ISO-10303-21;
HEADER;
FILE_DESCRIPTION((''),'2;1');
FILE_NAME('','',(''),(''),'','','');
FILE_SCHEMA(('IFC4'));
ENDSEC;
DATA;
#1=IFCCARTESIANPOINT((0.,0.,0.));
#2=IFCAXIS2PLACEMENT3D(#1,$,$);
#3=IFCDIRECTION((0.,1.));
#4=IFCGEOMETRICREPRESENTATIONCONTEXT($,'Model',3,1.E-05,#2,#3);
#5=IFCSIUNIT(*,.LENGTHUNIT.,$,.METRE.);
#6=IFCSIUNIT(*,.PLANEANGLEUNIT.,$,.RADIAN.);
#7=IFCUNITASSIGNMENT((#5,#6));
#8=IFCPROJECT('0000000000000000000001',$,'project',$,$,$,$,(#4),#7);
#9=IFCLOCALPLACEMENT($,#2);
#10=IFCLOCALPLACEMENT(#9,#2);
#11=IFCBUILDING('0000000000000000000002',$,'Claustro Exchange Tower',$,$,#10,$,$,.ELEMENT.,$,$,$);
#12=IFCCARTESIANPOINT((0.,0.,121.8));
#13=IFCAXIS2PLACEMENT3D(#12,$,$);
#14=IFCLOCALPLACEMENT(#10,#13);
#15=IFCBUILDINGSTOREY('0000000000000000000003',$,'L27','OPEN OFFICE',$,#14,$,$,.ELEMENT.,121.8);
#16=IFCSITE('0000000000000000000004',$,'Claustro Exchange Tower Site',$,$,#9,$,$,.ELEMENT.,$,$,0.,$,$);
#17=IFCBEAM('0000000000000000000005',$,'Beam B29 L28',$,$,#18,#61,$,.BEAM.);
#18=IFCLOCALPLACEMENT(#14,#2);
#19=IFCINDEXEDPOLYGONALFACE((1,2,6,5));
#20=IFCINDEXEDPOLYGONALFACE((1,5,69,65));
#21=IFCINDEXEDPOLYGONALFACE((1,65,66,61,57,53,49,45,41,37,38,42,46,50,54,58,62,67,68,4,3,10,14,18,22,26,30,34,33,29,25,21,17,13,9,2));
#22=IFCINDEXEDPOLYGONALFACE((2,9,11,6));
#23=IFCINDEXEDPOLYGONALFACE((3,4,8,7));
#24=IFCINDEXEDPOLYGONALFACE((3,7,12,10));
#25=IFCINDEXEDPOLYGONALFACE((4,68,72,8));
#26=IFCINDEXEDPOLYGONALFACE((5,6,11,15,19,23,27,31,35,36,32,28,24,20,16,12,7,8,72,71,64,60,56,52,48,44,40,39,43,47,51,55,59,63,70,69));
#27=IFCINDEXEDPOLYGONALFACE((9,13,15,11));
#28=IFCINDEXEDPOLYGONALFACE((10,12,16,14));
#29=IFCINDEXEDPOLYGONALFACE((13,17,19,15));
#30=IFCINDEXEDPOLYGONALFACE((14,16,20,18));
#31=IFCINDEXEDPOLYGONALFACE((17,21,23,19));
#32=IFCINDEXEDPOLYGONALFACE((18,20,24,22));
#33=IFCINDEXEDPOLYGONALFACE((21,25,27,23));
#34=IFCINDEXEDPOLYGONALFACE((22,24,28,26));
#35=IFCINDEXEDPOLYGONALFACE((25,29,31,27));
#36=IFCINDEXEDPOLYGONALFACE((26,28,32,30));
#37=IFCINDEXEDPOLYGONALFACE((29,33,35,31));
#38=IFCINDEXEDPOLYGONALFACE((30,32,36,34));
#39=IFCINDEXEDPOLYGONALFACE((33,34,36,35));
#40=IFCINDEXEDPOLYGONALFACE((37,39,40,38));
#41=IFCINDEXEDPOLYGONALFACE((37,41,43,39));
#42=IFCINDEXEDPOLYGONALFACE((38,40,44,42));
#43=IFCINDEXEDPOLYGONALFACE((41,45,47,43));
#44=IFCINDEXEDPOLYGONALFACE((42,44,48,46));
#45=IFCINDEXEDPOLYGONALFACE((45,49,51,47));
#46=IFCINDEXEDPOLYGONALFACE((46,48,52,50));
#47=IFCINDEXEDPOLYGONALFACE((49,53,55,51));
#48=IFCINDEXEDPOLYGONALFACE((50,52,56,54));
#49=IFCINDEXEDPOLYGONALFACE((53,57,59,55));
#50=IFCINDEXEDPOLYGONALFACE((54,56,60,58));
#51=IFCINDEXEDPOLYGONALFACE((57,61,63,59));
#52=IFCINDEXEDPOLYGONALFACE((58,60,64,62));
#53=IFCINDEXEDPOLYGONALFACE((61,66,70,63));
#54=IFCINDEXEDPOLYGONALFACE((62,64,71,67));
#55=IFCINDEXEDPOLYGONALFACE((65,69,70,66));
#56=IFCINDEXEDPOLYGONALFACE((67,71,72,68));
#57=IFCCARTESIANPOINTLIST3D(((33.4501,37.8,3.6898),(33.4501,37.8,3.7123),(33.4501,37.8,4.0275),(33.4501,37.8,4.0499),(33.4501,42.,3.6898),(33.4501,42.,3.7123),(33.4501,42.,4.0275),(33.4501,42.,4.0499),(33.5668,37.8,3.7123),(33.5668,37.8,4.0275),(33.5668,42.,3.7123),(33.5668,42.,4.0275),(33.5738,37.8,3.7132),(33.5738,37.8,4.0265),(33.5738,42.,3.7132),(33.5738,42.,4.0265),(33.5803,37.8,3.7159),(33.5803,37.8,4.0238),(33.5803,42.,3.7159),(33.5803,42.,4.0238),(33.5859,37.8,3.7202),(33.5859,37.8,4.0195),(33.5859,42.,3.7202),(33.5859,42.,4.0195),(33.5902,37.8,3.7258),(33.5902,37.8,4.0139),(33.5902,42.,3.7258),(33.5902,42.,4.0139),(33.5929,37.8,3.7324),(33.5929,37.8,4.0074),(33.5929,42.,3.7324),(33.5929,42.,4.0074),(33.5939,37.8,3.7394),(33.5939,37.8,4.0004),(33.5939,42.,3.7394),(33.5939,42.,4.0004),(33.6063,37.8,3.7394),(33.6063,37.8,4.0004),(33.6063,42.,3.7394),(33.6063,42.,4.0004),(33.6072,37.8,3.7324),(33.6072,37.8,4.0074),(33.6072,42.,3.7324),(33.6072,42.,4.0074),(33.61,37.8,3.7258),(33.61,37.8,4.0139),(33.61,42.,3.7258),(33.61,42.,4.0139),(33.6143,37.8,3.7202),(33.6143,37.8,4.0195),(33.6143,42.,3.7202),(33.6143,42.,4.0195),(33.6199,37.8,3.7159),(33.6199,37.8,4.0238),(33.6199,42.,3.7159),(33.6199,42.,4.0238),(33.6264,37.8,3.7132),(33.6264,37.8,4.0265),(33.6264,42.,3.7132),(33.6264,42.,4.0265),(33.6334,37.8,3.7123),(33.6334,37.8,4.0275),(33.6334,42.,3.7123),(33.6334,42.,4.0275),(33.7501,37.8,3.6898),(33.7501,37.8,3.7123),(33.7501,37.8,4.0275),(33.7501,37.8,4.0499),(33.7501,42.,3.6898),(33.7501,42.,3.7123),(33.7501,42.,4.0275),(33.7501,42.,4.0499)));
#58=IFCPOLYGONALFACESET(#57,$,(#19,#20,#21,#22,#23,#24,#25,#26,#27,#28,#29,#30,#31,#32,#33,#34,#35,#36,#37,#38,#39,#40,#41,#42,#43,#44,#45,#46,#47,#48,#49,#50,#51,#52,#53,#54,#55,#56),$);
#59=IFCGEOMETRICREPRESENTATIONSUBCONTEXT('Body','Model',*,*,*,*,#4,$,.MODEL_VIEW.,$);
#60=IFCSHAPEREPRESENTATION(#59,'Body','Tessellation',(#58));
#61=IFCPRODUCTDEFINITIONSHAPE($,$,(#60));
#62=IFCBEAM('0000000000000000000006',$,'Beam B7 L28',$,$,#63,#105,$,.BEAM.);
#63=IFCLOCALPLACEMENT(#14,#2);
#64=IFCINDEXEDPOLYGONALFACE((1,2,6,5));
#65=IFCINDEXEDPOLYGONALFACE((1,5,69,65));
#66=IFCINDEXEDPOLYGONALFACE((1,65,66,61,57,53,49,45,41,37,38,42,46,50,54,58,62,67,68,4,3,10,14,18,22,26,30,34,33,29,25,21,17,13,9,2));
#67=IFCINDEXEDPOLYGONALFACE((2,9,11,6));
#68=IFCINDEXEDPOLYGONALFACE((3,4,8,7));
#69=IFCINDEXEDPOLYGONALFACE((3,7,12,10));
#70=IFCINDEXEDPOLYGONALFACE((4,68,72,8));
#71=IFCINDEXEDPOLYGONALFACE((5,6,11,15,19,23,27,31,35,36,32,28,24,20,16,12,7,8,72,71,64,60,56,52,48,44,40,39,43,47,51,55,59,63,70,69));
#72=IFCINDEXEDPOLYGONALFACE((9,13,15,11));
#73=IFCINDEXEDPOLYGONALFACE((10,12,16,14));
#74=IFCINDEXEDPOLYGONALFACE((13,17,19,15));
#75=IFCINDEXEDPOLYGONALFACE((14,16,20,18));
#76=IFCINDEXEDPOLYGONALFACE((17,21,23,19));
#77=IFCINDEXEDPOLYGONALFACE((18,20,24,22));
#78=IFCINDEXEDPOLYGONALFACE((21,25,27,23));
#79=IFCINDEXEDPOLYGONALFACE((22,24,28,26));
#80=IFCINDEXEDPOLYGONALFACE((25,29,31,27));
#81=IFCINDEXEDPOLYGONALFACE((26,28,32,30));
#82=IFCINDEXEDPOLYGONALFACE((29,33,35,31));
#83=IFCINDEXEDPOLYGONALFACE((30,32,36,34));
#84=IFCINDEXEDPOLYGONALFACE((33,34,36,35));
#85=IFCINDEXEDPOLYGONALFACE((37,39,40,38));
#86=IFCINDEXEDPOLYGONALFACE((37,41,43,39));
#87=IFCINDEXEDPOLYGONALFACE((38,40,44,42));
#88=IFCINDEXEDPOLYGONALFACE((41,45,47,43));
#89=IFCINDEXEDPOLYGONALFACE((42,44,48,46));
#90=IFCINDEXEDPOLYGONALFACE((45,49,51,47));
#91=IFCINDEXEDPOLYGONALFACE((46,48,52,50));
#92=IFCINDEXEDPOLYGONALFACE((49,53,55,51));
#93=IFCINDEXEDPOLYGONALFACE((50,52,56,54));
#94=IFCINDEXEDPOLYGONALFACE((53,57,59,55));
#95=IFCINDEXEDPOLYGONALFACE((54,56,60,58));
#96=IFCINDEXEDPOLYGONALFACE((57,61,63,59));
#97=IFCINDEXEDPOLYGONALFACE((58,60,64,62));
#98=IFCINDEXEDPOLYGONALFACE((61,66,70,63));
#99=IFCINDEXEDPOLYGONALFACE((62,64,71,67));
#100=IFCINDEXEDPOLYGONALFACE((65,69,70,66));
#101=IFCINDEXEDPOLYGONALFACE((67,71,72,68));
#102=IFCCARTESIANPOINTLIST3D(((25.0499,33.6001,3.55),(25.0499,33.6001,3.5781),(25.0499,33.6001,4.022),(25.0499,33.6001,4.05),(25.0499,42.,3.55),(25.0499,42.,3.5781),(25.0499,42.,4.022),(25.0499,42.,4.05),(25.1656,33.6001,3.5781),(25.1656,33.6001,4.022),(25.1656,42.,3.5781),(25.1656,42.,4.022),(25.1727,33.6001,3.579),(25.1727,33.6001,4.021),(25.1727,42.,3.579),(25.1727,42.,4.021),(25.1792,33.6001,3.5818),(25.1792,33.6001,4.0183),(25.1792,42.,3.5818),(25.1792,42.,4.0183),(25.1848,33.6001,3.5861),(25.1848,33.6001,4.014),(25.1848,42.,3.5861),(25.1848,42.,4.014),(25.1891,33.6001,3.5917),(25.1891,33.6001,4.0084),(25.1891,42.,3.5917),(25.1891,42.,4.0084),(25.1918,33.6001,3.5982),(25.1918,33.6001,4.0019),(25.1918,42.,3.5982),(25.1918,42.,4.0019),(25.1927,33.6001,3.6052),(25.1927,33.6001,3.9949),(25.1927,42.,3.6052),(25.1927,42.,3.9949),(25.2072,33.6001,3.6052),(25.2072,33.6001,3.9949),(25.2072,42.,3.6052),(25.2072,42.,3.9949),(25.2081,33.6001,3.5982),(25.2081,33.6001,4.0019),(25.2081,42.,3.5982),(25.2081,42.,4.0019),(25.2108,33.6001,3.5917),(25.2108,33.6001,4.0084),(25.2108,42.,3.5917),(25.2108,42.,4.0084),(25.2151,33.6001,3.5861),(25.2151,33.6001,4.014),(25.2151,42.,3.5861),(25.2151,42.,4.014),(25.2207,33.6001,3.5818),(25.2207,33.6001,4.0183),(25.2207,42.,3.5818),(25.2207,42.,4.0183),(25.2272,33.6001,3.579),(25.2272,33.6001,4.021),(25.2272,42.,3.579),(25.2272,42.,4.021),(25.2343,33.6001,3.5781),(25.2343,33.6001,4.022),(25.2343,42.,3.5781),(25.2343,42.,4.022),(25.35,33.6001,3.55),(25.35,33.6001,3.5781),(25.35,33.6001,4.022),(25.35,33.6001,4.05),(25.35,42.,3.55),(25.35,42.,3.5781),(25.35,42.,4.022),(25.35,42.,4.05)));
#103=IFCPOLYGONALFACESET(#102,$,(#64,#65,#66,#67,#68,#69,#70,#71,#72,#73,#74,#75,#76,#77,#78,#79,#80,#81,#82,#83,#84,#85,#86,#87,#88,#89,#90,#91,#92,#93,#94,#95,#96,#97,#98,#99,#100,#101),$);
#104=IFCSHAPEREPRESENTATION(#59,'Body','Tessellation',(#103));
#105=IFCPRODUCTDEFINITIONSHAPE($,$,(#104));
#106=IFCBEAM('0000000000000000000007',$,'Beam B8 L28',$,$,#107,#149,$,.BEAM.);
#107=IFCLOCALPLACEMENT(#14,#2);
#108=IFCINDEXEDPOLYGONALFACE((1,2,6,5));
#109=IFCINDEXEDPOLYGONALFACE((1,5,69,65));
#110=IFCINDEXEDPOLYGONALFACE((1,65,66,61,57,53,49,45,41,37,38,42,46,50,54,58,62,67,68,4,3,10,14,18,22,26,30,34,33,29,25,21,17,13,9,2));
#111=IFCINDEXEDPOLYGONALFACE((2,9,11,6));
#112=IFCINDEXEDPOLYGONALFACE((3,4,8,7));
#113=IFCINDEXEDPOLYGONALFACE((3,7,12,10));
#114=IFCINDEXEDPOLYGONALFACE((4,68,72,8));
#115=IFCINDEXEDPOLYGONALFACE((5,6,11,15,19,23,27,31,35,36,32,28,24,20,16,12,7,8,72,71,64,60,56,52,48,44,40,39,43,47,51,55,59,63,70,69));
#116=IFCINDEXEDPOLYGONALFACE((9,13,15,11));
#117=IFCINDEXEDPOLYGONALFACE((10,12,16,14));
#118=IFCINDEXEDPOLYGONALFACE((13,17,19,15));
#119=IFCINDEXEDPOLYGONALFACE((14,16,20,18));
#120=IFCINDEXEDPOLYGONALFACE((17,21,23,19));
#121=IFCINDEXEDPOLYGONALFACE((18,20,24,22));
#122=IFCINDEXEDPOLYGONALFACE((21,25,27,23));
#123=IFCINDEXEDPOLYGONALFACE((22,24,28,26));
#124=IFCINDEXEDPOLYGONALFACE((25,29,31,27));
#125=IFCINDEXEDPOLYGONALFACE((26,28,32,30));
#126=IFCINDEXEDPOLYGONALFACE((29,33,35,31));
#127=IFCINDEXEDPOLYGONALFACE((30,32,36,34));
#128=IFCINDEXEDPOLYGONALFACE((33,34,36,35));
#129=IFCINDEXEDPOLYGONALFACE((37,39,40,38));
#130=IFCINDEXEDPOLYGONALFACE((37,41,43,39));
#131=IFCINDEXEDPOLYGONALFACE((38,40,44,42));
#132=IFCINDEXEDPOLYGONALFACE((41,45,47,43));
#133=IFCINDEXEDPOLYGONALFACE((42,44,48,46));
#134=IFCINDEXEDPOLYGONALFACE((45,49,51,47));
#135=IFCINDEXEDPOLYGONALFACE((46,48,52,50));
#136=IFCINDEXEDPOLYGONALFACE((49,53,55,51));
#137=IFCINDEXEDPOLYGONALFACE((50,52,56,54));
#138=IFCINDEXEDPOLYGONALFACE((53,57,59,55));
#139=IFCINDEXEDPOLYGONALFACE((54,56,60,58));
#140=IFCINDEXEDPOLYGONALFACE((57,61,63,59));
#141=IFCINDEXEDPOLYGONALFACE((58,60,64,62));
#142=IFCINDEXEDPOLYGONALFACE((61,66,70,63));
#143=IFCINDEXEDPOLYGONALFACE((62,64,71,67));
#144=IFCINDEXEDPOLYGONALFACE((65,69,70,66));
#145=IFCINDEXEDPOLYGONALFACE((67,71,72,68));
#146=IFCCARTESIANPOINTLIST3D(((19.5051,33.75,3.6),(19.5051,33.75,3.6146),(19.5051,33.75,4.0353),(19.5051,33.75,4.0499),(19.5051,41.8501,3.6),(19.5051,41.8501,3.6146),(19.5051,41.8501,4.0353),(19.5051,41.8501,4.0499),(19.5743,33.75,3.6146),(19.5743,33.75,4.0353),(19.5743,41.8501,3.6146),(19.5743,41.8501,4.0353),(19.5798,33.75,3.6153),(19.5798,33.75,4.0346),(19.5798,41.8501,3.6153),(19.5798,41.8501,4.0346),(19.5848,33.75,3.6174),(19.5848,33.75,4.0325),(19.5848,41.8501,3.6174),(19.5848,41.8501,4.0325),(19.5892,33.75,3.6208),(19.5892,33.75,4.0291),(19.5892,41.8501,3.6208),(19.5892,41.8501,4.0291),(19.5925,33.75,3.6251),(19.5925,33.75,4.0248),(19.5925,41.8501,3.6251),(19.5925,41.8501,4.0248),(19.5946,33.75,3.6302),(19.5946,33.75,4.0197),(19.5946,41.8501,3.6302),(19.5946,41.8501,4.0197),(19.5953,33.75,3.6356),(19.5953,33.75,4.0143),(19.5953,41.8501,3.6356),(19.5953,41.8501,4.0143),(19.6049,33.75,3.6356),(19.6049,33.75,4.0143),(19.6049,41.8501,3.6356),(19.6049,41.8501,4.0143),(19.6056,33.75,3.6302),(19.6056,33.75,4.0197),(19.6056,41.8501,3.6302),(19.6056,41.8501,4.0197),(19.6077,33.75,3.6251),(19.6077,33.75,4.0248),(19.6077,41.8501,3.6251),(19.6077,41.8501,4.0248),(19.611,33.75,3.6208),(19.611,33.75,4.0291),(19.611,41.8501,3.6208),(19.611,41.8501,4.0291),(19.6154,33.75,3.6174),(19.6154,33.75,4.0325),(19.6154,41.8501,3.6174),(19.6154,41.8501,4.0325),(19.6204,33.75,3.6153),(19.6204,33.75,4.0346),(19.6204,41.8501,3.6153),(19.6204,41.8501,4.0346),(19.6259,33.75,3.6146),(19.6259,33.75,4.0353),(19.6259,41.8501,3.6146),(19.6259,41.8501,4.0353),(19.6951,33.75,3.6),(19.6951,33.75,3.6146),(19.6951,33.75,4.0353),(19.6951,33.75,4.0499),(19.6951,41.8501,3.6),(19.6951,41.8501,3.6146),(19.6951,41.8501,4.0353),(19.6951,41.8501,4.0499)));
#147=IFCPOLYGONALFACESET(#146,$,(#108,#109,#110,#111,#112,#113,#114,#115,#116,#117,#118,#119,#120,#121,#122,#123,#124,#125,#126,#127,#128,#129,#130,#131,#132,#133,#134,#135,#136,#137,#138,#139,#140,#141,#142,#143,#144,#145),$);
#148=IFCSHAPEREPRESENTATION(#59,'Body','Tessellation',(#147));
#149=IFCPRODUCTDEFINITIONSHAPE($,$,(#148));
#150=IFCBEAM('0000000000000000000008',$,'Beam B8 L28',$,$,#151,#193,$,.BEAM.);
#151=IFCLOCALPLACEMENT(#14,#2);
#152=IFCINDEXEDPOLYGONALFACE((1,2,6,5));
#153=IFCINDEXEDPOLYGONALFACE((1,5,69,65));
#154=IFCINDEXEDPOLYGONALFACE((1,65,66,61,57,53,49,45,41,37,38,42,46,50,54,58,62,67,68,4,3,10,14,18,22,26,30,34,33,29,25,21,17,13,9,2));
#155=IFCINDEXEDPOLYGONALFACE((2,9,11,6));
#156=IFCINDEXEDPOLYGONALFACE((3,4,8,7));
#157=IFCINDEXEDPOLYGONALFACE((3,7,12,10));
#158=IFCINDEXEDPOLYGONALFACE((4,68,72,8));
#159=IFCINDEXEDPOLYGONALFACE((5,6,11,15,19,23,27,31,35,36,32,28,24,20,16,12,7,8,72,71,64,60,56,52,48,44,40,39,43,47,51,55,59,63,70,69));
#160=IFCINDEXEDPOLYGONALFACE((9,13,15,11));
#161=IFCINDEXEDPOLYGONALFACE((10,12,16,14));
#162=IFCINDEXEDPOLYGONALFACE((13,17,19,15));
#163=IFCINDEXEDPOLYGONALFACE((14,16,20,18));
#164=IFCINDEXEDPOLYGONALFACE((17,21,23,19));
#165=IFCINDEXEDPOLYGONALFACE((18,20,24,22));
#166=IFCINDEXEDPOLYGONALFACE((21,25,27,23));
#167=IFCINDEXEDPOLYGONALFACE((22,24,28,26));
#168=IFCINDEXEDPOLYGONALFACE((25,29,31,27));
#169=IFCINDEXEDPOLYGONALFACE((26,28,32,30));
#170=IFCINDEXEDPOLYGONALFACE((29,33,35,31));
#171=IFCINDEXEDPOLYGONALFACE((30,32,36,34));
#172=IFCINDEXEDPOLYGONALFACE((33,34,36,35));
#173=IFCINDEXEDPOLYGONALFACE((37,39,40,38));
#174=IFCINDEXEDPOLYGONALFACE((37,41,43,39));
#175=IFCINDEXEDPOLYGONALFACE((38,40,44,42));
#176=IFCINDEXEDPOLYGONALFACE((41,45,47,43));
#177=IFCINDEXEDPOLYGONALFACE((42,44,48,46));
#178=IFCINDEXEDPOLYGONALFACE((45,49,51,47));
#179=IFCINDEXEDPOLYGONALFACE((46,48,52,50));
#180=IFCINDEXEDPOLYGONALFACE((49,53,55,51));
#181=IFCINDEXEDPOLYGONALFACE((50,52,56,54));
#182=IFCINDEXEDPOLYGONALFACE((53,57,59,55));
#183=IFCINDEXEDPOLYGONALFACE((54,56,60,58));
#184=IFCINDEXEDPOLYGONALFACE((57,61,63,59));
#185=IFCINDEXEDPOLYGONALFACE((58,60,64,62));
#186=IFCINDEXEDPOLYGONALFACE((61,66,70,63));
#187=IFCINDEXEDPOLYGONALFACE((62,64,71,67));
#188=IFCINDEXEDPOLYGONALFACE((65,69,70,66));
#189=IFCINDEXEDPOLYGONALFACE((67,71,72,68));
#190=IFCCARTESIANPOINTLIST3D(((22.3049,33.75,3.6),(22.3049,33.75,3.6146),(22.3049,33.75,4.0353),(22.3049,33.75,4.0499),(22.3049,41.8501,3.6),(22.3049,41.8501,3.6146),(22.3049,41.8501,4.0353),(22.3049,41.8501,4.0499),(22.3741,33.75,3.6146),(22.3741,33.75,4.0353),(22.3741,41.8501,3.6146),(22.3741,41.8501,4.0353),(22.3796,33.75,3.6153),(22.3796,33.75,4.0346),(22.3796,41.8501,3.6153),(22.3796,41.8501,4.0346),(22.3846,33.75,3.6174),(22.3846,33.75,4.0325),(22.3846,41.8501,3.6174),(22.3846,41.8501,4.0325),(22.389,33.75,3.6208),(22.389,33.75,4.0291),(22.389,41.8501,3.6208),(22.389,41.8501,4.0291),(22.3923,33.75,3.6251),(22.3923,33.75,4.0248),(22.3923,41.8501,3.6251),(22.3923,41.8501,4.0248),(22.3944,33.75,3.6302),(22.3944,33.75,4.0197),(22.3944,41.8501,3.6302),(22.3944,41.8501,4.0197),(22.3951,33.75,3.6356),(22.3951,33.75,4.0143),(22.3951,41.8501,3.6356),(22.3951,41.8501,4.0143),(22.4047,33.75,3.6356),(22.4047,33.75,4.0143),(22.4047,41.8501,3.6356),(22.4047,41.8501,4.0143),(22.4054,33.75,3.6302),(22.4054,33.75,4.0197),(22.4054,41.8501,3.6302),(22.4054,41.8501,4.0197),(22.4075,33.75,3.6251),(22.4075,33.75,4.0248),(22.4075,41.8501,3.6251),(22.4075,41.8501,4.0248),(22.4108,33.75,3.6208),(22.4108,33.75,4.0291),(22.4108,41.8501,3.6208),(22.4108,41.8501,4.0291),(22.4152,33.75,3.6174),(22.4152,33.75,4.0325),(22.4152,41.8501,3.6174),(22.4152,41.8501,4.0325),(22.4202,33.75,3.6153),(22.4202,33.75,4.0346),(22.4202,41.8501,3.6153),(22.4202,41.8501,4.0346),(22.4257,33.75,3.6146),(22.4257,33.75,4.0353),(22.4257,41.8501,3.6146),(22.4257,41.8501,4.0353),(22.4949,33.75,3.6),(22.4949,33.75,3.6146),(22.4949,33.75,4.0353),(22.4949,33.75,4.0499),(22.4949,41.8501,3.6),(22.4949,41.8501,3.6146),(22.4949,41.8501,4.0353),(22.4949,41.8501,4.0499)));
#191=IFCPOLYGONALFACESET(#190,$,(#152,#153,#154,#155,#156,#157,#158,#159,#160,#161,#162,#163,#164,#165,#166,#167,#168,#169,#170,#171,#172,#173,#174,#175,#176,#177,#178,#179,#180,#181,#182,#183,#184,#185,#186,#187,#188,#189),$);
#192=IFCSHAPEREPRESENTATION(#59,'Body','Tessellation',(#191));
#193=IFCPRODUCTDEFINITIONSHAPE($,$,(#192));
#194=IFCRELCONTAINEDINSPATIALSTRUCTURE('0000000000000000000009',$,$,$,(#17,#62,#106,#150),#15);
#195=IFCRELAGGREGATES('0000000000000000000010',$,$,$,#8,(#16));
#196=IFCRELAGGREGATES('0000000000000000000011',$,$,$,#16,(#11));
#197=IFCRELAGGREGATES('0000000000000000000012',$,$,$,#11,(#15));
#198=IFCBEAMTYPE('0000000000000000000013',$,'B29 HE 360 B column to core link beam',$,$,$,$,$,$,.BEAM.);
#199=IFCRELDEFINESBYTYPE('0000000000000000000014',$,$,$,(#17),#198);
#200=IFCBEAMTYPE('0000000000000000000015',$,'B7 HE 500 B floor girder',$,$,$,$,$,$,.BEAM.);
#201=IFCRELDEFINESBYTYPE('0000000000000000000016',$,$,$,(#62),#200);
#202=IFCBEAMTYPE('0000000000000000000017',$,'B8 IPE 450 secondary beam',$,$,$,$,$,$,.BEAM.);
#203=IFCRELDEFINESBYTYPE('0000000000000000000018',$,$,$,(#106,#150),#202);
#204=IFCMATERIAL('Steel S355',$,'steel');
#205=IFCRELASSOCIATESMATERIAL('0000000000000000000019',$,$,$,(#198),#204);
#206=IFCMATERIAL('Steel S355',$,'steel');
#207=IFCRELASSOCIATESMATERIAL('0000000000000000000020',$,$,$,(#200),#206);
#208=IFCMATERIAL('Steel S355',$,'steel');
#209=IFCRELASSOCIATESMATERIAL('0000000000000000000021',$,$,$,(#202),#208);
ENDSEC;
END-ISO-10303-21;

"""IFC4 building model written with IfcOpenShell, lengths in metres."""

from ifc_helpers import new_model, si_unit, direction, frame, origin, origin_2d, place, context, subcontext, project, spatial, i_section, extrude, material, material_profile, profile_set, type_object, element, save


model = new_model("IFC4")

# Units and contexts
model_context = context("Model", 3, precision=1e-05, world=origin(), true_north=direction((0.0, 1.0)))
body_context = subcontext(model_context, "Body", "Model", "MODEL_VIEW")
ifc_project = project(units=[si_unit("LENGTHUNIT", "METRE"), si_unit("PLANEANGLEUNIT", "RADIAN")], contexts=[model_context])

# Site, building, storey
site_placement = place(None, origin())
site = spatial("IfcSite", under=ifc_project, at=site_placement, Name="Claustro Exchange Tower Site", CompositionType="ELEMENT", RefElevation=0.0)
building_placement = place(site_placement, origin())
building = spatial("IfcBuilding", under=site, at=building_placement, Name="Claustro Exchange Tower", CompositionType="ELEMENT")
storey_placement = place(building_placement, frame((0.0, 0.0, 121.8)))
storey = spatial("IfcBuildingStorey", under=building, at=storey_placement, Name="L27", Description="OPEN OFFICE", CompositionType="ELEMENT", Elevation=121.8)

# Beams
ifc_material_1 = material(Name="Steel S355", Category="steel")
ifc_material_profile_1 = material_profile(ifc_material_1, i_section(OverallWidth=0.3, OverallDepth=0.3601, WebThickness=0.0125, FlangeThickness=0.0225, FilletRadius=0.0271, at=origin_2d()), Name="HE 360 B")
ifc_profile_set_1 = profile_set([ifc_material_profile_1], Name="Steel S355")
beam_type_1 = type_object("IfcBeamType", Name="B29 HE 360 B column to core link beam", PredefinedType="BEAM", material=ifc_profile_set_1)
beam_1_placement = place(storey_placement, frame((33.6001, 37.8, 3.8699), z_axis=(0.0, 1.0, 0.0), x_axis=(-1.0, 0.0, 0.0)))
element("IfcBeam", 1, at=beam_1_placement, inside=storey, type_object=beam_type_1, Name="Beam B29 L28", PredefinedType="BEAM", context=body_context, shape_type="SweptSolid", body=[
    extrude(i_section(OverallWidth=0.3, OverallDepth=0.3601, WebThickness=0.0125, FlangeThickness=0.0225, FilletRadius=0.0271, at=origin_2d()), origin(), (0.0, 0.0, 1.0), 4.2),
])
ifc_material_2 = material(Name="Steel S355", Category="steel")
ifc_material_profile_2 = material_profile(ifc_material_2, i_section(OverallWidth=0.3, OverallDepth=0.5, WebThickness=0.0144, FlangeThickness=0.0281, FilletRadius=0.0271, at=origin_2d()), Name="HE 500 B")
ifc_profile_set_2 = profile_set([ifc_material_profile_2], Name="Steel S355")
beam_type_2 = type_object("IfcBeamType", Name="B7 HE 500 B floor girder", PredefinedType="BEAM", material=ifc_profile_set_2)
beam_2_placement = place(storey_placement, frame((25.2, 33.6001, 3.8), z_axis=(0.0, 1.0, 0.0), x_axis=(-1.0, 0.0, 0.0)))
element("IfcBeam", 2, at=beam_2_placement, inside=storey, type_object=beam_type_2, Name="Beam B7 L28", PredefinedType="BEAM", context=body_context, shape_type="SweptSolid", body=[
    extrude(i_section(OverallWidth=0.3, OverallDepth=0.5, WebThickness=0.0144, FlangeThickness=0.0281, FilletRadius=0.0271, at=origin_2d()), origin(), (0.0, 0.0, 1.0), 8.3999),
])
ifc_material_3 = material(Name="Steel S355", Category="steel")
ifc_material_profile_3 = material_profile(ifc_material_3, i_section(OverallWidth=0.1899, OverallDepth=0.45, WebThickness=0.0095, FlangeThickness=0.0146, FilletRadius=0.021, at=origin_2d()), Name="IPE 450")
ifc_profile_set_3 = profile_set([ifc_material_profile_3], Name="Steel S355")
beam_type_3 = type_object("IfcBeamType", Name="B8 IPE 450 secondary beam", PredefinedType="BEAM", material=ifc_profile_set_3)
for number, where, z_axis, x_axis, name in (
    (3, (19.6001, 33.75, 3.825), (0.0, 1.0, 0.0), (-1.0, 0.0, 0.0), "Beam B8 L28"),
    (4, (22.3999, 33.75, 3.825), (0.0, 1.0, 0.0), (-1.0, 0.0, 0.0), "Beam B8 L28"),
):
    element("IfcBeam", number, at=place(storey_placement, frame(where, z_axis=z_axis, x_axis=x_axis)), inside=storey, type_object=beam_type_3, Name=name, PredefinedType="BEAM", context=body_context, shape_type="SweptSolid", body=[
        extrude(i_section(OverallWidth=0.1899, OverallDepth=0.45, WebThickness=0.0095, FlangeThickness=0.0146, FilletRadius=0.021, at=origin_2d()), origin(), (0.0, 0.0, 1.0), 8.1001),
    ])

save(model, "model.ifc")
